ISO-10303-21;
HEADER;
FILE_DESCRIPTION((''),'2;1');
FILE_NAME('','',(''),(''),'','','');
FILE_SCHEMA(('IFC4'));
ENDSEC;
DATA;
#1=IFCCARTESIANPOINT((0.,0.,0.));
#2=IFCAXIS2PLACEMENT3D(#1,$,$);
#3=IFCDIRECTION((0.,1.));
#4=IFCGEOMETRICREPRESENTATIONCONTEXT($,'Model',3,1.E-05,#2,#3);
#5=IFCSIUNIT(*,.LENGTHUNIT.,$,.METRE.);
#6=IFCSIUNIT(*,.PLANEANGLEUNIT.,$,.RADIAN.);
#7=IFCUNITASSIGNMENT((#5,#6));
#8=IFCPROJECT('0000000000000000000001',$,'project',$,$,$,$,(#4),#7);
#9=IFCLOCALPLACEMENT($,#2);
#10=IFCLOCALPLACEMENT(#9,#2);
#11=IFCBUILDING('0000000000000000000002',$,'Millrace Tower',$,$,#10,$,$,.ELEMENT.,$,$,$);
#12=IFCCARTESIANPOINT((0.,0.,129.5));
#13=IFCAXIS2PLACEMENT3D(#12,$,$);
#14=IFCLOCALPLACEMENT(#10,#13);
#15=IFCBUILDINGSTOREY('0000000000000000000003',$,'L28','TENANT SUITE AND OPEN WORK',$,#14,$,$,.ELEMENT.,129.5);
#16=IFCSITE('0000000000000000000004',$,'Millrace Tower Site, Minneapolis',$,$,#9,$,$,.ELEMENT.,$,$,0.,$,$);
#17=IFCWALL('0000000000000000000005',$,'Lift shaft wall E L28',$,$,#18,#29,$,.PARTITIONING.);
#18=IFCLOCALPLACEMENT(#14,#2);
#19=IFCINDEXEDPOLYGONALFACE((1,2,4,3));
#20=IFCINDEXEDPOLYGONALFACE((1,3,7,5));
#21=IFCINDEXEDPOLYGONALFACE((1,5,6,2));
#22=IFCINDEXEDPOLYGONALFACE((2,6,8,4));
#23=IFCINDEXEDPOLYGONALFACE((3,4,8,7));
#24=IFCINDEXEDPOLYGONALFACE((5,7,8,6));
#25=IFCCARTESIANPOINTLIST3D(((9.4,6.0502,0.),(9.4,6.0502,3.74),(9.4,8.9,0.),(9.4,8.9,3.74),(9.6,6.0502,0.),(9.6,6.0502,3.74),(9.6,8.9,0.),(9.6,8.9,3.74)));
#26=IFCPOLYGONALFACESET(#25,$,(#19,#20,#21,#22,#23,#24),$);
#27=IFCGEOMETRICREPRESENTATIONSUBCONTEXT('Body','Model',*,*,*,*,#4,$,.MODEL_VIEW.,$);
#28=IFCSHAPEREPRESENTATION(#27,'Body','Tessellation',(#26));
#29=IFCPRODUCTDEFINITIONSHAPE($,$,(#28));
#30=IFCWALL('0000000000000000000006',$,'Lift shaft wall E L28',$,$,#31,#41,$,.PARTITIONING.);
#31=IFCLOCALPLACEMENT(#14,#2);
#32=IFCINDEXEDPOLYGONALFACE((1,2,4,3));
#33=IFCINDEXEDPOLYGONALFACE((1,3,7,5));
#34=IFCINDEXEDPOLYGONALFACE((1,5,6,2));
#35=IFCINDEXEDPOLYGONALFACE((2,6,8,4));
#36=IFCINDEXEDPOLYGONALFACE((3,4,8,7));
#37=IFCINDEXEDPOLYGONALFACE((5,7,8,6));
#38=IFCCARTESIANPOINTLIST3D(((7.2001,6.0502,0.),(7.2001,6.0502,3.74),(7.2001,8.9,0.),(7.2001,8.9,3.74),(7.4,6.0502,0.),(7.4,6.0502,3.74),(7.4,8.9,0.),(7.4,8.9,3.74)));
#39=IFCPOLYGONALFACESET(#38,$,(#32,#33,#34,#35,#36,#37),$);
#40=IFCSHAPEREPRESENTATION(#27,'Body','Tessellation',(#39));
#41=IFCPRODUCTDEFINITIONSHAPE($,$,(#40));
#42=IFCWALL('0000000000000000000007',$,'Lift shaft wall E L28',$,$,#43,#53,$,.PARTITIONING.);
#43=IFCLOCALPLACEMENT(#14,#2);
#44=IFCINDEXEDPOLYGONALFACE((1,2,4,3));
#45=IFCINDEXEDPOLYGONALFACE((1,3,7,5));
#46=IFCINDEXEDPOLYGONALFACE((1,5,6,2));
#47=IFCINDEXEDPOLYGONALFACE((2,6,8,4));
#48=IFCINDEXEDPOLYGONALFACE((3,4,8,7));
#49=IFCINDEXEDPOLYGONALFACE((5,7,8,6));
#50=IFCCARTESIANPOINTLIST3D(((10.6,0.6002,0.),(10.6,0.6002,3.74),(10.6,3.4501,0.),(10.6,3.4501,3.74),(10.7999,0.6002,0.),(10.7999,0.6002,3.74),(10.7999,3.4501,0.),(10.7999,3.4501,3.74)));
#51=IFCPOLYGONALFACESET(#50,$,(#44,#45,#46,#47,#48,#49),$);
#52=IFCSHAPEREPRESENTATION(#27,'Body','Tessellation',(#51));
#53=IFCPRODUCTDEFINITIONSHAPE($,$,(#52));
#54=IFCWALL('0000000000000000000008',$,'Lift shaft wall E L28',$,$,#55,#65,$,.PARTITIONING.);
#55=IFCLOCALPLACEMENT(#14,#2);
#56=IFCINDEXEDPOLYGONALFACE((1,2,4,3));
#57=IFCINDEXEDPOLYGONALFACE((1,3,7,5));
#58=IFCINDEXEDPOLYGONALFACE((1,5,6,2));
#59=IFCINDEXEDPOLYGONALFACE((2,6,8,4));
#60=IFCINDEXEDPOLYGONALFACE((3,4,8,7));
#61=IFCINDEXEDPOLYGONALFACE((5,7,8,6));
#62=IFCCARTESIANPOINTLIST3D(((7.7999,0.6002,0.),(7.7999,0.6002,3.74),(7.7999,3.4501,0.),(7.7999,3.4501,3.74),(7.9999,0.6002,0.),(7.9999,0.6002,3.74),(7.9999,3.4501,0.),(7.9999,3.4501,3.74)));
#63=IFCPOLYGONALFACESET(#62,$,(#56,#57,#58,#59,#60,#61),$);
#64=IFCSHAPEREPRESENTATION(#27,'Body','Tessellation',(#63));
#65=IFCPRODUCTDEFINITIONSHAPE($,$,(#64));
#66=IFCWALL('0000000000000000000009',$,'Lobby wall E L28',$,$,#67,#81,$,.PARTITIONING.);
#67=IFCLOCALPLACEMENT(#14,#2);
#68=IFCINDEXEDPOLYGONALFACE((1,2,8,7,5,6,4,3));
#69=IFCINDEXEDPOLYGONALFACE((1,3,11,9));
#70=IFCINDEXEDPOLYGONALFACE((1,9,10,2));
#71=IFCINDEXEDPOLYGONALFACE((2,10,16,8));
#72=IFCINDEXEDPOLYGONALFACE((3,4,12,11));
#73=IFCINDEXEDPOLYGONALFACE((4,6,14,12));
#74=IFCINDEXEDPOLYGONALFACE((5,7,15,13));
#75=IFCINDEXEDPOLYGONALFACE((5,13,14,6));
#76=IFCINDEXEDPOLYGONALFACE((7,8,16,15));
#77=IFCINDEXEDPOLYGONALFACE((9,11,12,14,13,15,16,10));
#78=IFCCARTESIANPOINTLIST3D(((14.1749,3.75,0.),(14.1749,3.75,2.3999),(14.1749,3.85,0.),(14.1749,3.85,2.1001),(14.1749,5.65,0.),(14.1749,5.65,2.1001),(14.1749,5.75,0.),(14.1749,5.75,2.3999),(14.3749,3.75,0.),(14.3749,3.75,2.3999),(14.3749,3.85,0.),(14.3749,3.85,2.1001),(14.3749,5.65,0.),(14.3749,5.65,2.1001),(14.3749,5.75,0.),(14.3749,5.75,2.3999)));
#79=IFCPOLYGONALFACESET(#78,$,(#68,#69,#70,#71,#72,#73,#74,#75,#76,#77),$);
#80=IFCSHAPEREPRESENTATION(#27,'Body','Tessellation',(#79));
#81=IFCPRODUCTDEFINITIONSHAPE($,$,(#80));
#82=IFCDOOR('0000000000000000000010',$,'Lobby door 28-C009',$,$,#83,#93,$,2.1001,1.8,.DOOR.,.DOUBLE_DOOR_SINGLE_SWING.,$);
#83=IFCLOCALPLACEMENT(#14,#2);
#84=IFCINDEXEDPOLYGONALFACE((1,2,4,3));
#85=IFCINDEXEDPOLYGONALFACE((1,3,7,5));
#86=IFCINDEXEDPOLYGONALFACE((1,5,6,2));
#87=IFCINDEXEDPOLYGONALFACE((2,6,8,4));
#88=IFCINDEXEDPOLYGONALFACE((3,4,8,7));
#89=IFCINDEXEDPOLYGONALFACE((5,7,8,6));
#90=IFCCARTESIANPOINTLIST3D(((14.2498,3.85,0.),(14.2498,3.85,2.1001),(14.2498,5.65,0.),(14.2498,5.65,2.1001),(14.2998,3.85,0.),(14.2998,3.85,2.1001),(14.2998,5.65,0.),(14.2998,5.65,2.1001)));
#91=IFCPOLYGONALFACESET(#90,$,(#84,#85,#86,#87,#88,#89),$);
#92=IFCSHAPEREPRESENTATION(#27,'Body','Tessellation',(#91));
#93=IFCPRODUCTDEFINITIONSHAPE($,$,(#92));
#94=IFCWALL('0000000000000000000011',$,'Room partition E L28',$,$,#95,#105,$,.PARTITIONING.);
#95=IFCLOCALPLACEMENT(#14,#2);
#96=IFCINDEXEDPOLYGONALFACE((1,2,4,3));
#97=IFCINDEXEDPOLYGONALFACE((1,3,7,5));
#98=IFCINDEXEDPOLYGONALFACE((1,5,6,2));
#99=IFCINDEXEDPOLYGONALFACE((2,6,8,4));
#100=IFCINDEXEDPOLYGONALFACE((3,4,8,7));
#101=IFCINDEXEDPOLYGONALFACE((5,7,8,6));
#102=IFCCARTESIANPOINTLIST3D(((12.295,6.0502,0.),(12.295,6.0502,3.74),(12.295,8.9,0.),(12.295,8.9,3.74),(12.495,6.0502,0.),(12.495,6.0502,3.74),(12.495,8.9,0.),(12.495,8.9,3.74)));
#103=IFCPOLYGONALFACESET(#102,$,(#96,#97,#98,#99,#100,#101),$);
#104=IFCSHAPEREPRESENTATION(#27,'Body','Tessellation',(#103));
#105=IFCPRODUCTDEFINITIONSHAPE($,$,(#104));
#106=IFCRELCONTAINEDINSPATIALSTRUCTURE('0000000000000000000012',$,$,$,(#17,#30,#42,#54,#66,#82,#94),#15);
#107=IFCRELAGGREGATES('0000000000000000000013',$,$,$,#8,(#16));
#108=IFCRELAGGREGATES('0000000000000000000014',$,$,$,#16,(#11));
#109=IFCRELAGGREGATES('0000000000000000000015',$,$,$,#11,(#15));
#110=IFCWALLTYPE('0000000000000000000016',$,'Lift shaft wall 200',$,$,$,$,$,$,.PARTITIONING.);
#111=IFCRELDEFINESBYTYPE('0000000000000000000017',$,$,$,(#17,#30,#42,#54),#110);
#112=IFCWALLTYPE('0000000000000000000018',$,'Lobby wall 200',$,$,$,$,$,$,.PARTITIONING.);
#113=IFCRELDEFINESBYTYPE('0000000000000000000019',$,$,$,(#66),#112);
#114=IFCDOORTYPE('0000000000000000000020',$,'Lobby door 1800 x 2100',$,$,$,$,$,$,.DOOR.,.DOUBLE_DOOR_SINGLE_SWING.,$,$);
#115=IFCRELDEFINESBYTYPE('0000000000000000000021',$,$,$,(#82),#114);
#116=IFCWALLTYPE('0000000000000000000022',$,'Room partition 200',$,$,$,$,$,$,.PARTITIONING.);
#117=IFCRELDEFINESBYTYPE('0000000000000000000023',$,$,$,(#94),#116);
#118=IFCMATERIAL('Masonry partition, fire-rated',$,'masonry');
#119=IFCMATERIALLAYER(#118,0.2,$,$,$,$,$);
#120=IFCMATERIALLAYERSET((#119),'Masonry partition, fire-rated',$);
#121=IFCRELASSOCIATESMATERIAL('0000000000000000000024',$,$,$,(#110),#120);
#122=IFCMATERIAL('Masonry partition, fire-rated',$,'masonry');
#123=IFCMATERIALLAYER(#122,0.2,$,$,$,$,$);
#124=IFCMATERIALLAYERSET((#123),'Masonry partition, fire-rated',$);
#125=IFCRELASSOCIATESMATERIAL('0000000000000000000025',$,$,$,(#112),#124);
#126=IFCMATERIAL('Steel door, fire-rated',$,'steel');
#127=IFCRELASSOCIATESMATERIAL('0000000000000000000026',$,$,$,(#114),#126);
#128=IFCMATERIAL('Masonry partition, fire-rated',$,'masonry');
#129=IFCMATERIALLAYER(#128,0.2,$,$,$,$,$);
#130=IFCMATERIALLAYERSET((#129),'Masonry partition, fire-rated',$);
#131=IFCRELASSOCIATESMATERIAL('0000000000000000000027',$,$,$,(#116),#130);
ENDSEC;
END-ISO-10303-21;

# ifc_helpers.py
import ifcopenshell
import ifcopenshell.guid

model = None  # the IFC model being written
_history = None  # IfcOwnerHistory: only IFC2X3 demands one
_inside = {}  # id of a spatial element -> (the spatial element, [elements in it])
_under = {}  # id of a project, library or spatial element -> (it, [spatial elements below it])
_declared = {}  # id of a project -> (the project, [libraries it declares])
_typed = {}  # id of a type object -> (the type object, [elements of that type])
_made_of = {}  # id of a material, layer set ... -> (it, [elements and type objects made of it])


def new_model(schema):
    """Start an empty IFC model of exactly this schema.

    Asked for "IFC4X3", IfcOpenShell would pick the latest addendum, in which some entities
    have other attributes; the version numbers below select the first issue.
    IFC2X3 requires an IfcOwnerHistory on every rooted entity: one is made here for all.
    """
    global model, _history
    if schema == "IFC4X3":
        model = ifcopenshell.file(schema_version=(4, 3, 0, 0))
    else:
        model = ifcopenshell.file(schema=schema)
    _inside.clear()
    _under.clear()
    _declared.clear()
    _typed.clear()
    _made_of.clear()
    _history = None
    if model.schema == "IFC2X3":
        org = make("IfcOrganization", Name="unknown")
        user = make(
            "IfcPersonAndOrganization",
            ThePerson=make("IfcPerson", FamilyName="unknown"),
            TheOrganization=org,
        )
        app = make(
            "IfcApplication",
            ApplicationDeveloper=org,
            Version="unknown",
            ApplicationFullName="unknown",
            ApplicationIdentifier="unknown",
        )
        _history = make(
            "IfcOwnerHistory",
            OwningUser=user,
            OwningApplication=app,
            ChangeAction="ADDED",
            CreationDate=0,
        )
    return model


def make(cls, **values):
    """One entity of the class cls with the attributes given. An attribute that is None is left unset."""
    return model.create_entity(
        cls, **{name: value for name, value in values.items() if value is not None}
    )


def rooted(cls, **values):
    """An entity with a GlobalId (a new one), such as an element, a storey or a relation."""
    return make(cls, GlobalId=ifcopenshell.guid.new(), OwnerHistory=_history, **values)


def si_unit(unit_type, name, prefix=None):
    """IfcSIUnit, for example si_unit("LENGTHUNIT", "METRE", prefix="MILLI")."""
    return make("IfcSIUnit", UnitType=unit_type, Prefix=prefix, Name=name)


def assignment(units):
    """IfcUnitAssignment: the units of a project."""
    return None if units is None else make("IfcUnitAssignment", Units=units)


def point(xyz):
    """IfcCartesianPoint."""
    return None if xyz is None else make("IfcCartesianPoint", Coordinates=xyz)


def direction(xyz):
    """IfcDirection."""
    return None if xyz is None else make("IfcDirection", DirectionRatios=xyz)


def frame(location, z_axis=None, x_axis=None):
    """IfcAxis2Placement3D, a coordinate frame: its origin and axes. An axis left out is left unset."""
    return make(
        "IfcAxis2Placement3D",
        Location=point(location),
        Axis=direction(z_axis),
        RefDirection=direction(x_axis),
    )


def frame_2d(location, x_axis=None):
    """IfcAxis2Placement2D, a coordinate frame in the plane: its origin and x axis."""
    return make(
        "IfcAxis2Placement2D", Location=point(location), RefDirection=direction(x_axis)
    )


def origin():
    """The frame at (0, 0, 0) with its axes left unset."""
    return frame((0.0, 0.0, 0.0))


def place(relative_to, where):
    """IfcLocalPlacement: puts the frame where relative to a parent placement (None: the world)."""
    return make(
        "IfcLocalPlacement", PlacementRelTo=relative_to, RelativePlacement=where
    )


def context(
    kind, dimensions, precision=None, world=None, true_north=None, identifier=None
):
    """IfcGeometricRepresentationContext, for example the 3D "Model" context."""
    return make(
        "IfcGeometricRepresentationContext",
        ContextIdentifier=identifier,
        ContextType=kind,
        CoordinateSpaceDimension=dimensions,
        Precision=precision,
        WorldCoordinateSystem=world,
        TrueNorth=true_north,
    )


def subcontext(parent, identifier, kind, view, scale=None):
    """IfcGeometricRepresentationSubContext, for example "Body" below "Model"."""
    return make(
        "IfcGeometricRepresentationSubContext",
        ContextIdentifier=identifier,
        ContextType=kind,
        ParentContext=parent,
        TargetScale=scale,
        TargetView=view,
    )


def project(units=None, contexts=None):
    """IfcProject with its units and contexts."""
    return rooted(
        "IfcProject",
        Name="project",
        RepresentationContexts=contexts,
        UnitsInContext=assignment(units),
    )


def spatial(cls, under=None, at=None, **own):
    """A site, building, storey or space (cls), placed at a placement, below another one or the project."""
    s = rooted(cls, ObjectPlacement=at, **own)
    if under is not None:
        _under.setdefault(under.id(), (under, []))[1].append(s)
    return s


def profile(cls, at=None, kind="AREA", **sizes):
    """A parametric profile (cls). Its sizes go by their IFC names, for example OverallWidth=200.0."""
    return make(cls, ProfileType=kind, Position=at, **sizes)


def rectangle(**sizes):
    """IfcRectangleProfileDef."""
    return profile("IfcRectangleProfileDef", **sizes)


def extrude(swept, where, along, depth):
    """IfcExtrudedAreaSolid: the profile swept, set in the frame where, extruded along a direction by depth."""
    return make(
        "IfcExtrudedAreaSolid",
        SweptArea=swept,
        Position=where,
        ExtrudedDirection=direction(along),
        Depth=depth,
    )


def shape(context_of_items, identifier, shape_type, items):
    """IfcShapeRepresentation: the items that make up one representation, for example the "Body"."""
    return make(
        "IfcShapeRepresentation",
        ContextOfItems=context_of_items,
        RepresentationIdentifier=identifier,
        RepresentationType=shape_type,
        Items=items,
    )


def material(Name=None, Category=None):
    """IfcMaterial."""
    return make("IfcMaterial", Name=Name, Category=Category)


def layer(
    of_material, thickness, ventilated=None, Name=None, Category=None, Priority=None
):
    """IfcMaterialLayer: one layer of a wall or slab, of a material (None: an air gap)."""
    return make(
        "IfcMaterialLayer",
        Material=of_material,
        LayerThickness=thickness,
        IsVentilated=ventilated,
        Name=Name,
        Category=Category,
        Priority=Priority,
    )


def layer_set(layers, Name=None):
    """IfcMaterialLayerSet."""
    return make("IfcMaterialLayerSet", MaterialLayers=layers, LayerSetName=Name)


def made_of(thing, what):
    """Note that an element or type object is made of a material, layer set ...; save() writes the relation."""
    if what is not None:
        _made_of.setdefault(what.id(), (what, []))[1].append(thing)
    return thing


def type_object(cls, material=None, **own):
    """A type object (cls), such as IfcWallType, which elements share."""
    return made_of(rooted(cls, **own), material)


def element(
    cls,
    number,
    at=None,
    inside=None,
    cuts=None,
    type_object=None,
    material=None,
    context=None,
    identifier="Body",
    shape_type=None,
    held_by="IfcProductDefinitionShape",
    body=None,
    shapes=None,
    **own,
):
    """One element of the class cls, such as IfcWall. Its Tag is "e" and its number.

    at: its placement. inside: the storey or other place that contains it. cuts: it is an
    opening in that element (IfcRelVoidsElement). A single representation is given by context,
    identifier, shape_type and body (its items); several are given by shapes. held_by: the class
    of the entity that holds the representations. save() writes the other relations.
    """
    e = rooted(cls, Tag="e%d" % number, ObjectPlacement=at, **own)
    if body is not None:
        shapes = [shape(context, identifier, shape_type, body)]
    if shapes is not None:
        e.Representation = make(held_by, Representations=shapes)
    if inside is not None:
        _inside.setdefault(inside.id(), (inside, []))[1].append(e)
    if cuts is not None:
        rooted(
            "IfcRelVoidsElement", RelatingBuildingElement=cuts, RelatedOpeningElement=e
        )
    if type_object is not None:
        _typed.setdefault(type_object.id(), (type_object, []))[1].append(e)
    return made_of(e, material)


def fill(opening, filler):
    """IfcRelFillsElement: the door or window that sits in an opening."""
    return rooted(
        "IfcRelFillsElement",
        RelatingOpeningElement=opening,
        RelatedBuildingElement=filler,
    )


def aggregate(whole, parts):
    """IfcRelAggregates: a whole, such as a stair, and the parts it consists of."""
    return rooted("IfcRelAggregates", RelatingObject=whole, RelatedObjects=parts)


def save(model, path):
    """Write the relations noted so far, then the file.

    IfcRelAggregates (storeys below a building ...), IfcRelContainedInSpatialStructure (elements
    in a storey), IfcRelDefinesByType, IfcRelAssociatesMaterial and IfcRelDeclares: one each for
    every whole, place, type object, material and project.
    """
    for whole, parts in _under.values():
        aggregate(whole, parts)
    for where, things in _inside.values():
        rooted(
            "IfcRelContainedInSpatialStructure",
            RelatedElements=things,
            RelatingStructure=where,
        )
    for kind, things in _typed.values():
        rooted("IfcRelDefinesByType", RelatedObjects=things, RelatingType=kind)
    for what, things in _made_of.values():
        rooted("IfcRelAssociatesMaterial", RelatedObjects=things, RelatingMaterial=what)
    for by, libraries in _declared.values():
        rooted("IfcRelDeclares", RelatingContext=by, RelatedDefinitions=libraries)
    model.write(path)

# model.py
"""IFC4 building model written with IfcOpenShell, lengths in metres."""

from ifc_helpers import new_model, si_unit, direction, frame, frame_2d, origin, place, context, subcontext, project, spatial, rectangle, extrude, material, layer, layer_set, type_object, element, fill, save


model = new_model("IFC4")

# Units and contexts
model_context = context("Model", 3, precision=1e-05, world=origin(), true_north=direction((0.0, 1.0)))
body_context = subcontext(model_context, "Body", "Model", "MODEL_VIEW")
ifc_project = project(units=[si_unit("LENGTHUNIT", "METRE"), si_unit("PLANEANGLEUNIT", "RADIAN")], contexts=[model_context])

# Site, building, storey
site_placement = place(None, origin())
site = spatial("IfcSite", under=ifc_project, at=site_placement, Name="Millrace Tower Site, Minneapolis", CompositionType="ELEMENT", RefElevation=0.0)
building_placement = place(site_placement, origin())
building = spatial("IfcBuilding", under=site, at=building_placement, Name="Millrace Tower", CompositionType="ELEMENT")
storey_placement = place(building_placement, frame((0.0, 0.0, 129.5)))
storey = spatial("IfcBuildingStorey", under=building, at=storey_placement, Name="L28", Description="TENANT SUITE AND OPEN WORK", CompositionType="ELEMENT", Elevation=129.5)

# Shared definitions
ifc_material_1 = material(Name="Masonry partition, fire-rated", Category="masonry")
ifc_layer_1 = layer(ifc_material_1, 0.2)
ifc_layer_set_1 = layer_set([ifc_layer_1], Name="Masonry partition, fire-rated")
wall_type_1 = type_object("IfcWallType", Name="Lift shaft wall 200", PredefinedType="PARTITIONING", material=ifc_layer_set_1)

# Walls
for number, where, z_axis, x_axis, name in (
    (1, (9.5, 8.8999, 0.0), (0.0, 0.0, 1.0), (0.0, -1.0, 0.0), "Lift shaft wall E L28"),
    (2, (7.3, 8.8999, 0.0), (0.0, 0.0, 1.0), (0.0, -1.0, 0.0), "Lift shaft wall E L28"),
    (3, (10.7, 3.45, 0.0), (0.0, 0.0, 1.0), (0.0, -1.0, 0.0), "Lift shaft wall E L28"),
    (4, (7.8999, 3.45, 0.0), (0.0, 0.0, 1.0), (0.0, -1.0, 0.0), "Lift shaft wall E L28"),
):
    element("IfcWall", number, at=place(storey_placement, frame(where, z_axis=z_axis, x_axis=x_axis)), inside=storey, type_object=wall_type_1, Name=name, PredefinedType="PARTITIONING", context=body_context, shape_type="SweptSolid", body=[
        extrude(rectangle(XDim=2.8499, YDim=0.2, at=frame_2d((1.4248, 0.0))), origin(), (0.0, 0.0, 1.0), 3.74),
    ])

# Wall, opening, door
ifc_material_2 = material(Name="Masonry partition, fire-rated", Category="masonry")
ifc_layer_2 = layer(ifc_material_2, 0.2)
ifc_layer_set_2 = layer_set([ifc_layer_2], Name="Masonry partition, fire-rated")
wall_type_2 = type_object("IfcWallType", Name="Lobby wall 200", PredefinedType="PARTITIONING", material=ifc_layer_set_2)
wall_1_placement = place(storey_placement, frame((14.2749, 5.75, 0.0), z_axis=(0.0, 0.0, 1.0), x_axis=(0.0, -1.0, 0.0)))
wall_1 = element("IfcWall", 5, at=wall_1_placement, inside=storey, type_object=wall_type_2, Name="Lobby wall E L28", PredefinedType="PARTITIONING", context=body_context, shape_type="SweptSolid", body=[
    extrude(rectangle(XDim=2.0, YDim=0.2, at=frame_2d((1.0, 0.0))), origin(), (0.0, 0.0, 1.0), 2.3999),
])
opening_1_placement = place(wall_1_placement, frame((0.1001, 0.0, 0.0)))
opening_1 = element("IfcOpeningElement", 6, at=opening_1_placement, cuts=wall_1, PredefinedType="OPENING", context=body_context, shape_type="SweptSolid", body=[
    extrude(rectangle(XDim=1.8, YDim=2.1001, at=frame_2d((0.8999, 1.05))), frame((0.0, 0.1099, 0.0), z_axis=(0.0, -1.0, 0.0), x_axis=(1.0, 0.0, 0.0)), (0.0, 0.0, 1.0), 0.22),
])
ifc_material_3 = material(Name="Steel door, fire-rated", Category="steel")
door_type_1 = type_object("IfcDoorType", Name="Lobby door 1800 x 2100", OperationType="DOUBLE_DOOR_SINGLE_SWING", PredefinedType="DOOR", material=ifc_material_3)
door_1_placement = place(opening_1_placement, origin())
door_1 = element("IfcDoor", 7, at=door_1_placement, inside=storey, type_object=door_type_1, Name="Lobby door 28-C009", OperationType="DOUBLE_DOOR_SINGLE_SWING", OverallHeight=2.1001, OverallWidth=1.8, PredefinedType="DOOR", context=body_context, shape_type="SweptSolid", body=[
    extrude(rectangle(XDim=1.8, YDim=2.1001, at=frame_2d((0.8999, 1.05))), frame((0.0, 0.0249, 0.0), z_axis=(0.0, -1.0, 0.0), x_axis=(1.0, 0.0, 0.0)), (0.0, 0.0, 1.0), 0.05),
])
fill(opening_1, door_1)

# Wall
ifc_material_4 = material(Name="Masonry partition, fire-rated", Category="masonry")
ifc_layer_3 = layer(ifc_material_4, 0.2)
ifc_layer_set_3 = layer_set([ifc_layer_3], Name="Masonry partition, fire-rated")
wall_type_3 = type_object("IfcWallType", Name="Room partition 200", PredefinedType="PARTITIONING", material=ifc_layer_set_3)
wall_2_placement = place(storey_placement, frame((12.395, 8.8999, 0.0), z_axis=(0.0, 0.0, 1.0), x_axis=(0.0, -1.0, 0.0)))
element("IfcWall", 8, at=wall_2_placement, inside=storey, type_object=wall_type_3, Name="Room partition E L28", PredefinedType="PARTITIONING", context=body_context, shape_type="SweptSolid", body=[
    extrude(rectangle(XDim=2.8499, YDim=0.2, at=frame_2d((1.4248, 0.0))), origin(), (0.0, 0.0, 1.0), 3.74),
])

save(model, "model.ifc")
